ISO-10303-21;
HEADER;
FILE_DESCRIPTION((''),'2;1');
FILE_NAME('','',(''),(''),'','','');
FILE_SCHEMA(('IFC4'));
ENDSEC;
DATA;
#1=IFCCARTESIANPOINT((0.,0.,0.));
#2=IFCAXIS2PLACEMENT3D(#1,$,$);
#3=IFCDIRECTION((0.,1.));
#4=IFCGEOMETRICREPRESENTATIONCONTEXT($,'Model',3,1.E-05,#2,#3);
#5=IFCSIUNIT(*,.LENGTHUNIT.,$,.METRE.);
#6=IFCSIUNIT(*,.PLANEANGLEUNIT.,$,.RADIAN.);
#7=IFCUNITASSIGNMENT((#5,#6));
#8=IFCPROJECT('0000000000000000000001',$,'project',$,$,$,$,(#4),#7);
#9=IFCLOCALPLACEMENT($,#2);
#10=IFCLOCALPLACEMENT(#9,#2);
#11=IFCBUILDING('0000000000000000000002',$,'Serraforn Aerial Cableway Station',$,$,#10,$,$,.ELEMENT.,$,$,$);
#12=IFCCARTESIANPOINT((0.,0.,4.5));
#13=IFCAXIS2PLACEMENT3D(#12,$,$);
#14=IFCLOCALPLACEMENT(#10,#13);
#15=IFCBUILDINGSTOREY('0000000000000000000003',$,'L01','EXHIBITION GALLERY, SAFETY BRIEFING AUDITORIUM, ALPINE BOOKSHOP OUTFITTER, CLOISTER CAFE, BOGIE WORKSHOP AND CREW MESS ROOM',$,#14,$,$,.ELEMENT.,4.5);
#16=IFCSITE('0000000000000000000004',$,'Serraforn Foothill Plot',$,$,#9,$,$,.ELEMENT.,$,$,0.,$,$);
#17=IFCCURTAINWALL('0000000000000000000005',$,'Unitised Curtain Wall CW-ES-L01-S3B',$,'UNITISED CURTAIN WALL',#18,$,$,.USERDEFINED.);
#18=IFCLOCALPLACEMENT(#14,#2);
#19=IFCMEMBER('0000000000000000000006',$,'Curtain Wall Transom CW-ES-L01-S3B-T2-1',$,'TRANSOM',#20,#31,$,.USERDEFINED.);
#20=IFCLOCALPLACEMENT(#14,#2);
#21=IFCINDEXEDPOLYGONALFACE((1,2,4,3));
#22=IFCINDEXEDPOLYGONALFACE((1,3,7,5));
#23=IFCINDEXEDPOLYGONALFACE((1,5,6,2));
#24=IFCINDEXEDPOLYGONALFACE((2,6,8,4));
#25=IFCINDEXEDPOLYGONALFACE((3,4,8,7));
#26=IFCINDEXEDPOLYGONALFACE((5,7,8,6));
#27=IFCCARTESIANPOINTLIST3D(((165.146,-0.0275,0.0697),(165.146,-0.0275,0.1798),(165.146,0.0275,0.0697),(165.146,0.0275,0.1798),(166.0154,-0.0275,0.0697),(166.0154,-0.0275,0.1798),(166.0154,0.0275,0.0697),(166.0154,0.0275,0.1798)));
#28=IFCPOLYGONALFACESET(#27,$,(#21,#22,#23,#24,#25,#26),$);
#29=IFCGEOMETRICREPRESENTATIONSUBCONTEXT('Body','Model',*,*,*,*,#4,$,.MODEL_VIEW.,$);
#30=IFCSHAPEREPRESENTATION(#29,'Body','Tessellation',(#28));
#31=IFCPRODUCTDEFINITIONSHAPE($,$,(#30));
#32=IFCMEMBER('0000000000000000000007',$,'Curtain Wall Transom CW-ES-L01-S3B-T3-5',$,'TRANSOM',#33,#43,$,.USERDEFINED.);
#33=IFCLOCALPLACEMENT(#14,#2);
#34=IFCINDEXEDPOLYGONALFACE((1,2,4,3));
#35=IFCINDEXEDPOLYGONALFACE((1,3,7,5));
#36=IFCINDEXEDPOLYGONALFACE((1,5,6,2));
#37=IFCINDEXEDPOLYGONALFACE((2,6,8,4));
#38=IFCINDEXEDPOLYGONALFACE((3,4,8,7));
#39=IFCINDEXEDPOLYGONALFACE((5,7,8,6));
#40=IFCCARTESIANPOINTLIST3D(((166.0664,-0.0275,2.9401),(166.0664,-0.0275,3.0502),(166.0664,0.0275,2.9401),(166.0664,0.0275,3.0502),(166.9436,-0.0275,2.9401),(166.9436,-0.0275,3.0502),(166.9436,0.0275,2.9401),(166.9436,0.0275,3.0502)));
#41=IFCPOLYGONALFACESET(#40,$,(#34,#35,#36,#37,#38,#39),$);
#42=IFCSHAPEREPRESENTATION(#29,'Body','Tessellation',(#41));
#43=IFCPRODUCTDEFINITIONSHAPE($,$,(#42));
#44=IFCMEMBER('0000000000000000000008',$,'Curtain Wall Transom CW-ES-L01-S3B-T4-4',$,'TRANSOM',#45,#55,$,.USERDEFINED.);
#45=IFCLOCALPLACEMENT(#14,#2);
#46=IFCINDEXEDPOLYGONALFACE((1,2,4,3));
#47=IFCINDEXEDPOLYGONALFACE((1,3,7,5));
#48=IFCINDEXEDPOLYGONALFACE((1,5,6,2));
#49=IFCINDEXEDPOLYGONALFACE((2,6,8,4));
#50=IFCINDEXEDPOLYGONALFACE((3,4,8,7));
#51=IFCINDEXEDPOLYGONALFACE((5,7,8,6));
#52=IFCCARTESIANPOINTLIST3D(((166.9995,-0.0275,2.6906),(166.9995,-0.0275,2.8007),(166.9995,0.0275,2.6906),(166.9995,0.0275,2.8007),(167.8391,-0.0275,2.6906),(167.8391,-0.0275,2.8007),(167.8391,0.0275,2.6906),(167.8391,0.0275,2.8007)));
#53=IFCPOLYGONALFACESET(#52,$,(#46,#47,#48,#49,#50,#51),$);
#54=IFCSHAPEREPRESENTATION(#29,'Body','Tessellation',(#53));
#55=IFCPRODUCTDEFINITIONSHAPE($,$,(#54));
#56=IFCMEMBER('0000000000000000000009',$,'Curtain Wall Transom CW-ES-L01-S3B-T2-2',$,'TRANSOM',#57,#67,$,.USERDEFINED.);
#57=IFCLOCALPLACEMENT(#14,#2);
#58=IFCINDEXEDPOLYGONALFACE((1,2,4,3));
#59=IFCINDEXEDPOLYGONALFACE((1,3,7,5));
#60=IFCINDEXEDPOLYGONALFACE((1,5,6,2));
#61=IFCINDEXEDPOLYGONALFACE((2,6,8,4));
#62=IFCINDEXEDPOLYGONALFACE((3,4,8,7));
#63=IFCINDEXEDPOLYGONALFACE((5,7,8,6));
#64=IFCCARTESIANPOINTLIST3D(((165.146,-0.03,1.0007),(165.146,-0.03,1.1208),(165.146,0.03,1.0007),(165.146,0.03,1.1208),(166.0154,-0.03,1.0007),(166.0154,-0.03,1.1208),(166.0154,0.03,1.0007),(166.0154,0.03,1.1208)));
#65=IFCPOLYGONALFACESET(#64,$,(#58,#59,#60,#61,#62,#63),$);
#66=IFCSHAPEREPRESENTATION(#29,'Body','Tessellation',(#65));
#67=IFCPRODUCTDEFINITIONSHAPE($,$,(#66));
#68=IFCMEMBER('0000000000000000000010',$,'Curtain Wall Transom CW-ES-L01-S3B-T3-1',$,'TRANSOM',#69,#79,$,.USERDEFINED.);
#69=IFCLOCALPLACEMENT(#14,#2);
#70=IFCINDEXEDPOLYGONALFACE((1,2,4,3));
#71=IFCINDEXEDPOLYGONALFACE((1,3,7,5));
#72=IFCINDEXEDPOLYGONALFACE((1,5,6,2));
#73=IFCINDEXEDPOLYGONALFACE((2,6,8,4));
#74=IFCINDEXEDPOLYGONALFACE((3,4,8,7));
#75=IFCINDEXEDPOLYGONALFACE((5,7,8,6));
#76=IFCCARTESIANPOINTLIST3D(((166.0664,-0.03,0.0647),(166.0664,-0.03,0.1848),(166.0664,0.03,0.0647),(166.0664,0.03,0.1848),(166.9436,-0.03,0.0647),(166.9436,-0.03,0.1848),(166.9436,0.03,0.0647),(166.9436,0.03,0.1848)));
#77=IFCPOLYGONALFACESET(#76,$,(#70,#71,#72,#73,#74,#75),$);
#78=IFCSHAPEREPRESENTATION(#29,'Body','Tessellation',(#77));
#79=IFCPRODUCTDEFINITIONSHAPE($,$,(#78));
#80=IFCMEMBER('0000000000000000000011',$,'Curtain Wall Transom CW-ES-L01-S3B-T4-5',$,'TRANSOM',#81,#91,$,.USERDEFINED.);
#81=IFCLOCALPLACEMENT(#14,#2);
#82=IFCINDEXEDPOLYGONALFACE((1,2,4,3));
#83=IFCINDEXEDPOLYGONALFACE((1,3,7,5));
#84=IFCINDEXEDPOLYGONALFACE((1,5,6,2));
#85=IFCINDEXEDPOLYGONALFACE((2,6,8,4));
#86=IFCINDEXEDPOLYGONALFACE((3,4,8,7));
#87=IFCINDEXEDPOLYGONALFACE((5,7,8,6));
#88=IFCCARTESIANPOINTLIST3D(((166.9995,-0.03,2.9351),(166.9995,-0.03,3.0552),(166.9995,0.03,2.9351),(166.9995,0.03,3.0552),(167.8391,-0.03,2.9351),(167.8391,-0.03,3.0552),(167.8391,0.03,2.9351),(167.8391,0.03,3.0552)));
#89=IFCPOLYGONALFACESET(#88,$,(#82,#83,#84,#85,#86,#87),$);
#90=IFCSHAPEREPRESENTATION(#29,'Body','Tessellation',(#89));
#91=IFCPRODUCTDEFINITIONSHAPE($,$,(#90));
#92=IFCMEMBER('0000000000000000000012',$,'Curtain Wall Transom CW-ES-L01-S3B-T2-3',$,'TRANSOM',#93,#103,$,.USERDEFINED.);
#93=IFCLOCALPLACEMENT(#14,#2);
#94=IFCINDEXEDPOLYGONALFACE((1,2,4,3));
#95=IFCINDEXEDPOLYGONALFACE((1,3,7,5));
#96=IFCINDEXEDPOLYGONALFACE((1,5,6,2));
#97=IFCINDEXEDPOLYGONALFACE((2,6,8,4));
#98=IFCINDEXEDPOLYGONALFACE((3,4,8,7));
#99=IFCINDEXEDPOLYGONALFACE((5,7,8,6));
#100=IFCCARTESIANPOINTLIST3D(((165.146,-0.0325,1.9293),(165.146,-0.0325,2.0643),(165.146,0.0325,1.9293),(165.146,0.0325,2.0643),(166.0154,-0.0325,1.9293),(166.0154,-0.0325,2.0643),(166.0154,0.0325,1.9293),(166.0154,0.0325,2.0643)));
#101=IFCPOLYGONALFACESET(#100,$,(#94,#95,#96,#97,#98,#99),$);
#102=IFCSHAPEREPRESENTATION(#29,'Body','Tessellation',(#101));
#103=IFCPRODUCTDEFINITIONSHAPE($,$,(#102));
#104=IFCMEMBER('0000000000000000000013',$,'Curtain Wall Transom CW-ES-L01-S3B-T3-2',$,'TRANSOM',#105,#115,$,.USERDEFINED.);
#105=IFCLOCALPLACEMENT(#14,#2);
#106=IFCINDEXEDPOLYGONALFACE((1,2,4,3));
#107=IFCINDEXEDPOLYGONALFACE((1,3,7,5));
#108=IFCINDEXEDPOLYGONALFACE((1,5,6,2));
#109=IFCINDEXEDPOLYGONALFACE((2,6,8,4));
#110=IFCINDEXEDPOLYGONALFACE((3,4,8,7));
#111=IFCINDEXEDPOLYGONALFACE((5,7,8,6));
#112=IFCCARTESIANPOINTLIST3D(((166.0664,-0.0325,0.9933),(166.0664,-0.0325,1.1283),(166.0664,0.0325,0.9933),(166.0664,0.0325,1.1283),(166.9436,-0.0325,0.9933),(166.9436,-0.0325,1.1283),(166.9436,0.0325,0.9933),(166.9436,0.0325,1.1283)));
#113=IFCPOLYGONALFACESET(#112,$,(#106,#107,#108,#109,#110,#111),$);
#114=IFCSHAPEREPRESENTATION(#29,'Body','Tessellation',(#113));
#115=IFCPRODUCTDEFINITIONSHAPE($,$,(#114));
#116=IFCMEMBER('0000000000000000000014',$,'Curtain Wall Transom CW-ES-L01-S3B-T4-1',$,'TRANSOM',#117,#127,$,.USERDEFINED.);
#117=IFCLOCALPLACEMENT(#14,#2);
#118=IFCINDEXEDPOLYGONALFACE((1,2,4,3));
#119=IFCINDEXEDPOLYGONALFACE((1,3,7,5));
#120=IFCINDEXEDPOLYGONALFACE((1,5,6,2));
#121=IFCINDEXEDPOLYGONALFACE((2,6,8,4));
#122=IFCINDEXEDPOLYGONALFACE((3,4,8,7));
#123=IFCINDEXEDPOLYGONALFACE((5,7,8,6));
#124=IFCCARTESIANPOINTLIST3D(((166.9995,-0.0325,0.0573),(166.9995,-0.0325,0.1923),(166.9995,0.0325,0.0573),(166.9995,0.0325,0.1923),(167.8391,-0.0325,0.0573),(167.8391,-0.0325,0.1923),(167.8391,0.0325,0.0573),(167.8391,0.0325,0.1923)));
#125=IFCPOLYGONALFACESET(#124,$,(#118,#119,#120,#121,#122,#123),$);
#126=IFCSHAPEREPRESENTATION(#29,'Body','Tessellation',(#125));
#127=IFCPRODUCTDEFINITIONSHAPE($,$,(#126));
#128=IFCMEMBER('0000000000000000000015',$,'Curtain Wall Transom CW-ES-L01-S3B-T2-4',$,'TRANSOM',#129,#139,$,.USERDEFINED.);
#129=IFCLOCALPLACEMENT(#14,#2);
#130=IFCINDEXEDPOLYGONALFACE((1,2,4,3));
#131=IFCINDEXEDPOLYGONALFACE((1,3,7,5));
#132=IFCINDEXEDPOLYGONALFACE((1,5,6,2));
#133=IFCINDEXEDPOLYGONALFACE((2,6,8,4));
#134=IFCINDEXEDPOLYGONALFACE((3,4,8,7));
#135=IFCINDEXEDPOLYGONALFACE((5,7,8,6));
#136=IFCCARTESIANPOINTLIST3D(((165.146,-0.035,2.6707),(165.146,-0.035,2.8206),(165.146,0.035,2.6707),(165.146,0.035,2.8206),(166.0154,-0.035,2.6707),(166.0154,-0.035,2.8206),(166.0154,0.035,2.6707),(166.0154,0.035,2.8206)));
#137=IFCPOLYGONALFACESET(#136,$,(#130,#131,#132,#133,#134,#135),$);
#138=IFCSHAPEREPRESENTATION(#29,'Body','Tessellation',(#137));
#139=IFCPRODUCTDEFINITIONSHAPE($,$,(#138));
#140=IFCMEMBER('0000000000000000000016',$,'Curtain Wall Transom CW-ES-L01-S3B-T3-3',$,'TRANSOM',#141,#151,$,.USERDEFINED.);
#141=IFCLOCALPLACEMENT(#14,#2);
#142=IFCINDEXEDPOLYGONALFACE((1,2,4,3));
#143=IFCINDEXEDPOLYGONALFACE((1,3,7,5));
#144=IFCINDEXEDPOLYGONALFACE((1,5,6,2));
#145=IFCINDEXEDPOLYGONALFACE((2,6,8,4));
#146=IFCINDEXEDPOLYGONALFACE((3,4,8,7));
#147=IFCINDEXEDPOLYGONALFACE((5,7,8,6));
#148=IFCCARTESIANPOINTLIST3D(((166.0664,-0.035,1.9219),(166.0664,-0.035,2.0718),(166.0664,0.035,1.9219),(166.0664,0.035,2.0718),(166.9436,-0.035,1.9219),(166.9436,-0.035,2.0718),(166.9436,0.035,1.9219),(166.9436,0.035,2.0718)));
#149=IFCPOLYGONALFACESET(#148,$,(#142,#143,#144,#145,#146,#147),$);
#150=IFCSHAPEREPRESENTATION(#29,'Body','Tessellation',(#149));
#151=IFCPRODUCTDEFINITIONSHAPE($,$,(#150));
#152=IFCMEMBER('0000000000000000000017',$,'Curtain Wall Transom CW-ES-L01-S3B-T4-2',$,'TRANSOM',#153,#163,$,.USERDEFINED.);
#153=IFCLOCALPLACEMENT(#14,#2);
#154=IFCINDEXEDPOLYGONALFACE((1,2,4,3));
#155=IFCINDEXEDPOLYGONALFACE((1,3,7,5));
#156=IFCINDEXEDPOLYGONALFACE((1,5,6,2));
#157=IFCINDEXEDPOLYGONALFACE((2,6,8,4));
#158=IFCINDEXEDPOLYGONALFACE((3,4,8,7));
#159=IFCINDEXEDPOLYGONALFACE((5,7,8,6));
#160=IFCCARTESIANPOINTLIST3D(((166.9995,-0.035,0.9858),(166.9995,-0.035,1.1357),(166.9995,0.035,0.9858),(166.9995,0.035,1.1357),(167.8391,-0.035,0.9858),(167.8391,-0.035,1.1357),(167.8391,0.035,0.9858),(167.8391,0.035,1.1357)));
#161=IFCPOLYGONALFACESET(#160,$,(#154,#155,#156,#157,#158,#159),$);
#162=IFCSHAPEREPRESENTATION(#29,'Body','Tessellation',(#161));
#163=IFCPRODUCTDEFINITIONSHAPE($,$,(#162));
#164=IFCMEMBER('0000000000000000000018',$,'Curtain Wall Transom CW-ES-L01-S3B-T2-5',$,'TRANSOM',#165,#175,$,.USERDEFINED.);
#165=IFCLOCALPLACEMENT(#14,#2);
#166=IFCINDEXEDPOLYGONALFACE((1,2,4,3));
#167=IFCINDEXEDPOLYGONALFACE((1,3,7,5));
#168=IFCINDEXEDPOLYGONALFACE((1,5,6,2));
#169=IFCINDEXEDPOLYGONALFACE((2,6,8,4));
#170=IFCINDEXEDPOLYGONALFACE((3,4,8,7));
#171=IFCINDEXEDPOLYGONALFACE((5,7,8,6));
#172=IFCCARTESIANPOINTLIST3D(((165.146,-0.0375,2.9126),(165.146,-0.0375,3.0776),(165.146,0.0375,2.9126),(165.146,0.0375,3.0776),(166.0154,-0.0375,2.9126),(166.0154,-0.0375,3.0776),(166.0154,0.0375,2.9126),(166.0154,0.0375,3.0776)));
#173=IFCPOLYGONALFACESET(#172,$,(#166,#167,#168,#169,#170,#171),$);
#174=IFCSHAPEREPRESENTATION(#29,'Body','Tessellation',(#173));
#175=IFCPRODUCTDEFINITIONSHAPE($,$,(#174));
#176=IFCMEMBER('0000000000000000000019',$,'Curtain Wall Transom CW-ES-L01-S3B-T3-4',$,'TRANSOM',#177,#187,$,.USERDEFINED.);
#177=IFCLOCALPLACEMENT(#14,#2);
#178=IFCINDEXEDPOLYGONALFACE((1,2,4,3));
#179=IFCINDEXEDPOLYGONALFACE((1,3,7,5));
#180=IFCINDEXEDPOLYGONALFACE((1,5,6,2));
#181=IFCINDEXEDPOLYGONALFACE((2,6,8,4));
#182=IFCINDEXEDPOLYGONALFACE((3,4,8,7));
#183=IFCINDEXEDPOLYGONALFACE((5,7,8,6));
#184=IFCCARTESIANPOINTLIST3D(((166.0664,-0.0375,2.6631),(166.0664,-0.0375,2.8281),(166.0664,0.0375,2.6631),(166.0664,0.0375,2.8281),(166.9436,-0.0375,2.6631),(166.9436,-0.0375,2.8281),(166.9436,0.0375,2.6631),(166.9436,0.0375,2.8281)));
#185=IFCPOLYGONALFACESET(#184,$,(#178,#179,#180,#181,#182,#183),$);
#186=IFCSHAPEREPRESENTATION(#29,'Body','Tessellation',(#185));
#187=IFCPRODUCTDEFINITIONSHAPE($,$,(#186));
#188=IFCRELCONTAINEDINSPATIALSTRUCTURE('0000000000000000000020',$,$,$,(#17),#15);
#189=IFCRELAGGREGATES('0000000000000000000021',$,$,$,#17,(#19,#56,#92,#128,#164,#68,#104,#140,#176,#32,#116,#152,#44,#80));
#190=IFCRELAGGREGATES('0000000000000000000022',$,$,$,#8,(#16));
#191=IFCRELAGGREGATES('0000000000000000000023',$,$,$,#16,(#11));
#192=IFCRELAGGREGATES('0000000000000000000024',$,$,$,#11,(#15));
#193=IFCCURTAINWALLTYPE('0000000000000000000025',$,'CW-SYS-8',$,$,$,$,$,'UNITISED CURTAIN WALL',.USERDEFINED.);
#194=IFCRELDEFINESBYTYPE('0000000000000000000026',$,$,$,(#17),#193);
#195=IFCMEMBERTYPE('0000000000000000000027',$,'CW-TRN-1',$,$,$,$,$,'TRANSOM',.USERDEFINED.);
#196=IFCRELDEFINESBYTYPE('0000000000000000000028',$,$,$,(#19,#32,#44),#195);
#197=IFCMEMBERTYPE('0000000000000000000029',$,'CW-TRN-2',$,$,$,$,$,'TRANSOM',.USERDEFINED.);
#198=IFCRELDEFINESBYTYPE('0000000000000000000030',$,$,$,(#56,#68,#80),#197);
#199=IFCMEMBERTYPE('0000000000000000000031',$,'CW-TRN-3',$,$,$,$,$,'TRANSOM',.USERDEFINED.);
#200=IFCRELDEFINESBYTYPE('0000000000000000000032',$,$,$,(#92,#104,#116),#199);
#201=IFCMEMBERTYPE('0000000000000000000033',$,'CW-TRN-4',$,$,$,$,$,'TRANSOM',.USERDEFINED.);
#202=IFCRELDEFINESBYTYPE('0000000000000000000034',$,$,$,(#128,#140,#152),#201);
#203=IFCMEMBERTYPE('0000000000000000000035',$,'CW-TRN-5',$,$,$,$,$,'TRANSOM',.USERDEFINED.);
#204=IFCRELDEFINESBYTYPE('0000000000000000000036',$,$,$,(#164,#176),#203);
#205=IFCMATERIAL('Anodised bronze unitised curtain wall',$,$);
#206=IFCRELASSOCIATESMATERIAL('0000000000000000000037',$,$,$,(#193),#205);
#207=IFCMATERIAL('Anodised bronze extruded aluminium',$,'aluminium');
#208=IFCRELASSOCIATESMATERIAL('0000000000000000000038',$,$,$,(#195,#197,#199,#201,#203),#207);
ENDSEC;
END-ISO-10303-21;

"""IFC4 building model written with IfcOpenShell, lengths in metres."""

from ifc_helpers import new_model, si_unit, direction, frame, origin, origin_2d, place, context, subcontext, project, spatial, rectangle, extrude, material, material_profile, profile_set, type_object, element, aggregate, save


model = new_model("IFC4")

# Units and contexts
model_context = context("Model", 3, precision=1e-05, world=origin(), true_north=direction((0.0, 1.0)))
body_context = subcontext(model_context, "Body", "Model", "MODEL_VIEW")
ifc_project = project(units=[si_unit("LENGTHUNIT", "METRE"), si_unit("PLANEANGLEUNIT", "RADIAN")], contexts=[model_context])

# Site, building, storey
site_placement = place(None, origin())
site = spatial("IfcSite", under=ifc_project, at=site_placement, Name="Serraforn Foothill Plot", CompositionType="ELEMENT", RefElevation=0.0)
building_placement = place(site_placement, origin())
building = spatial("IfcBuilding", under=site, at=building_placement, Name="Serraforn Aerial Cableway Station", CompositionType="ELEMENT")
storey_placement = place(building_placement, frame((0.0, 0.0, 4.5)))
storey = spatial("IfcBuildingStorey", under=building, at=storey_placement, Name="L01", Description="EXHIBITION GALLERY, SAFETY BRIEFING AUDITORIUM, ALPINE BOOKSHOP OUTFITTER, CLOISTER CAFE, BOGIE WORKSHOP AND CREW MESS ROOM", CompositionType="ELEMENT", Elevation=4.5)

# Curtain wall, members
ifc_material_1 = material(Name="Anodised bronze unitised curtain wall")
curtain_wall_type = type_object("IfcCurtainWallType", Name="CW-SYS-8", ElementType="UNITISED CURTAIN WALL", PredefinedType="USERDEFINED", material=ifc_material_1)
curtain_wall_placement = place(storey_placement, origin())
curtain_wall = element("IfcCurtainWall", 1, at=curtain_wall_placement, inside=storey, type_object=curtain_wall_type, Name="Unitised Curtain Wall CW-ES-L01-S3B", ObjectType="UNITISED CURTAIN WALL", PredefinedType="USERDEFINED")
ifc_material_2 = material(Name="Anodised bronze extruded aluminium", Category="aluminium")
ifc_material_profile_1 = material_profile(ifc_material_2, rectangle(XDim=0.0549, YDim=0.1101, at=origin_2d()), Name="CW TRANSOM 55x110")
ifc_profile_set_1 = profile_set([ifc_material_profile_1], Name="Anodised bronze extruded aluminium")
member_type_1 = type_object("IfcMemberType", Name="CW-TRN-1", ElementType="TRANSOM", PredefinedType="USERDEFINED", material=ifc_profile_set_1)
member_1_placement = place(storey_placement, frame((165.146, 0.0, 0.1248), z_axis=(1.0, 0.0, 0.0), x_axis=(0.0, 1.0, 0.0)))
member_1 = element("IfcMember", 2, at=member_1_placement, type_object=member_type_1, Name="Curtain Wall Transom CW-ES-L01-S3B-T2-1", ObjectType="TRANSOM", PredefinedType="USERDEFINED", context=body_context, shape_type="SweptSolid", body=[
    extrude(rectangle(XDim=0.0549, YDim=0.1101, at=origin_2d()), origin(), (0.0, 0.0, 1.0), 0.8694),
])
member_2_placement = place(storey_placement, frame((166.0664, 0.0, 2.9951), z_axis=(1.0, 0.0, 0.0), x_axis=(0.0, 1.0, 0.0)))
member_2 = element("IfcMember", 3, at=member_2_placement, type_object=member_type_1, Name="Curtain Wall Transom CW-ES-L01-S3B-T3-5", ObjectType="TRANSOM", PredefinedType="USERDEFINED", context=body_context, shape_type="SweptSolid", body=[
    extrude(rectangle(XDim=0.0549, YDim=0.1101, at=origin_2d()), origin(), (0.0, 0.0, 1.0), 0.8772),
])
member_3_placement = place(storey_placement, frame((166.9995, 0.0, 2.7456), z_axis=(1.0, 0.0, 0.0), x_axis=(0.0, 1.0, 0.0)))
member_3 = element("IfcMember", 4, at=member_3_placement, type_object=member_type_1, Name="Curtain Wall Transom CW-ES-L01-S3B-T4-4", ObjectType="TRANSOM", PredefinedType="USERDEFINED", context=body_context, shape_type="SweptSolid", body=[
    extrude(rectangle(XDim=0.0549, YDim=0.1101, at=origin_2d()), origin(), (0.0, 0.0, 1.0), 0.8396),
])
ifc_material_profile_2 = material_profile(ifc_material_2, rectangle(XDim=0.0601, YDim=0.1201, at=origin_2d()), Name="CW TRANSOM 60x120")
ifc_profile_set_2 = profile_set([ifc_material_profile_2], Name="Anodised bronze extruded aluminium")
member_type_2 = type_object("IfcMemberType", Name="CW-TRN-2", ElementType="TRANSOM", PredefinedType="USERDEFINED", material=ifc_profile_set_2)
member_4_placement = place(storey_placement, frame((165.146, 0.0, 1.0608), z_axis=(1.0, 0.0, 0.0), x_axis=(0.0, 1.0, 0.0)))
member_4 = element("IfcMember", 5, at=member_4_placement, type_object=member_type_2, Name="Curtain Wall Transom CW-ES-L01-S3B-T2-2", ObjectType="TRANSOM", PredefinedType="USERDEFINED", context=body_context, shape_type="SweptSolid", body=[
    extrude(rectangle(XDim=0.0601, YDim=0.1201, at=origin_2d()), origin(), (0.0, 0.0, 1.0), 0.8694),
])
member_5_placement = place(storey_placement, frame((166.0664, 0.0, 0.1248), z_axis=(1.0, 0.0, 0.0), x_axis=(0.0, 1.0, 0.0)))
member_5 = element("IfcMember", 6, at=member_5_placement, type_object=member_type_2, Name="Curtain Wall Transom CW-ES-L01-S3B-T3-1", ObjectType="TRANSOM", PredefinedType="USERDEFINED", context=body_context, shape_type="SweptSolid", body=[
    extrude(rectangle(XDim=0.0601, YDim=0.1201, at=origin_2d()), origin(), (0.0, 0.0, 1.0), 0.8772),
])
member_6_placement = place(storey_placement, frame((166.9995, 0.0, 2.9951), z_axis=(1.0, 0.0, 0.0), x_axis=(0.0, 1.0, 0.0)))
member_6 = element("IfcMember", 7, at=member_6_placement, type_object=member_type_2, Name="Curtain Wall Transom CW-ES-L01-S3B-T4-5", ObjectType="TRANSOM", PredefinedType="USERDEFINED", context=body_context, shape_type="SweptSolid", body=[
    extrude(rectangle(XDim=0.0601, YDim=0.1201, at=origin_2d()), origin(), (0.0, 0.0, 1.0), 0.8396),
])
ifc_material_profile_3 = material_profile(ifc_material_2, rectangle(XDim=0.0649, YDim=0.135, at=origin_2d()), Name="CW TRANSOM 65x135")
ifc_profile_set_3 = profile_set([ifc_material_profile_3], Name="Anodised bronze extruded aluminium")
member_type_3 = type_object("IfcMemberType", Name="CW-TRN-3", ElementType="TRANSOM", PredefinedType="USERDEFINED", material=ifc_profile_set_3)
member_7_placement = place(storey_placement, frame((165.146, 0.0, 1.9968), z_axis=(1.0, 0.0, 0.0), x_axis=(0.0, 1.0, 0.0)))
member_7 = element("IfcMember", 8, at=member_7_placement, type_object=member_type_3, Name="Curtain Wall Transom CW-ES-L01-S3B-T2-3", ObjectType="TRANSOM", PredefinedType="USERDEFINED", context=body_context, shape_type="SweptSolid", body=[
    extrude(rectangle(XDim=0.0649, YDim=0.135, at=origin_2d()), origin(), (0.0, 0.0, 1.0), 0.8694),
])
member_8_placement = place(storey_placement, frame((166.0664, 0.0, 1.0608), z_axis=(1.0, 0.0, 0.0), x_axis=(0.0, 1.0, 0.0)))
member_8 = element("IfcMember", 9, at=member_8_placement, type_object=member_type_3, Name="Curtain Wall Transom CW-ES-L01-S3B-T3-2", ObjectType="TRANSOM", PredefinedType="USERDEFINED", context=body_context, shape_type="SweptSolid", body=[
    extrude(rectangle(XDim=0.0649, YDim=0.135, at=origin_2d()), origin(), (0.0, 0.0, 1.0), 0.8772),
])
member_9_placement = place(storey_placement, frame((166.9995, 0.0, 0.1248), z_axis=(1.0, 0.0, 0.0), x_axis=(0.0, 1.0, 0.0)))
member_9 = element("IfcMember", 10, at=member_9_placement, type_object=member_type_3, Name="Curtain Wall Transom CW-ES-L01-S3B-T4-1", ObjectType="TRANSOM", PredefinedType="USERDEFINED", context=body_context, shape_type="SweptSolid", body=[
    extrude(rectangle(XDim=0.0649, YDim=0.135, at=origin_2d()), origin(), (0.0, 0.0, 1.0), 0.8396),
])
ifc_material_profile_4 = material_profile(ifc_material_2, rectangle(XDim=0.0701, YDim=0.1499, at=origin_2d()), Name="CW TRANSOM 70x150")
ifc_profile_set_4 = profile_set([ifc_material_profile_4], Name="Anodised bronze extruded aluminium")
member_type_4 = type_object("IfcMemberType", Name="CW-TRN-4", ElementType="TRANSOM", PredefinedType="USERDEFINED", material=ifc_profile_set_4)
member_10_placement = place(storey_placement, frame((165.146, 0.0, 2.7456), z_axis=(1.0, 0.0, 0.0), x_axis=(0.0, 1.0, 0.0)))
member_10 = element("IfcMember", 11, at=member_10_placement, type_object=member_type_4, Name="Curtain Wall Transom CW-ES-L01-S3B-T2-4", ObjectType="TRANSOM", PredefinedType="USERDEFINED", context=body_context, shape_type="SweptSolid", body=[
    extrude(rectangle(XDim=0.0701, YDim=0.1499, at=origin_2d()), origin(), (0.0, 0.0, 1.0), 0.8694),
])
member_11_placement = place(storey_placement, frame((166.0664, 0.0, 1.9968), z_axis=(1.0, 0.0, 0.0), x_axis=(0.0, 1.0, 0.0)))
member_11 = element("IfcMember", 12, at=member_11_placement, type_object=member_type_4, Name="Curtain Wall Transom CW-ES-L01-S3B-T3-3", ObjectType="TRANSOM", PredefinedType="USERDEFINED", context=body_context, shape_type="SweptSolid", body=[
    extrude(rectangle(XDim=0.0701, YDim=0.1499, at=origin_2d()), origin(), (0.0, 0.0, 1.0), 0.8772),
])
member_12_placement = place(storey_placement, frame((166.9995, 0.0, 1.0608), z_axis=(1.0, 0.0, 0.0), x_axis=(0.0, 1.0, 0.0)))
member_12 = element("IfcMember", 13, at=member_12_placement, type_object=member_type_4, Name="Curtain Wall Transom CW-ES-L01-S3B-T4-2", ObjectType="TRANSOM", PredefinedType="USERDEFINED", context=body_context, shape_type="SweptSolid", body=[
    extrude(rectangle(XDim=0.0701, YDim=0.1499, at=origin_2d()), origin(), (0.0, 0.0, 1.0), 0.8396),
])
ifc_material_profile_5 = material_profile(ifc_material_2, rectangle(XDim=0.075, YDim=0.165, at=origin_2d()), Name="CW TRANSOM 75x165")
ifc_profile_set_5 = profile_set([ifc_material_profile_5], Name="Anodised bronze extruded aluminium")
member_type_5 = type_object("IfcMemberType", Name="CW-TRN-5", ElementType="TRANSOM", PredefinedType="USERDEFINED", material=ifc_profile_set_5)
member_13_placement = place(storey_placement, frame((165.146, 0.0, 2.9951), z_axis=(1.0, 0.0, 0.0), x_axis=(0.0, 1.0, 0.0)))
member_13 = element("IfcMember", 14, at=member_13_placement, type_object=member_type_5, Name="Curtain Wall Transom CW-ES-L01-S3B-T2-5", ObjectType="TRANSOM", PredefinedType="USERDEFINED", context=body_context, shape_type="SweptSolid", body=[
    extrude(rectangle(XDim=0.075, YDim=0.165, at=origin_2d()), origin(), (0.0, 0.0, 1.0), 0.8694),
])
member_14_placement = place(storey_placement, frame((166.0664, 0.0, 2.7456), z_axis=(1.0, 0.0, 0.0), x_axis=(0.0, 1.0, 0.0)))
member_14 = element("IfcMember", 15, at=member_14_placement, type_object=member_type_5, Name="Curtain Wall Transom CW-ES-L01-S3B-T3-4", ObjectType="TRANSOM", PredefinedType="USERDEFINED", context=body_context, shape_type="SweptSolid", body=[
    extrude(rectangle(XDim=0.075, YDim=0.165, at=origin_2d()), origin(), (0.0, 0.0, 1.0), 0.8772),
])
aggregate(curtain_wall, [member_1, member_4, member_7, member_10, member_13, member_5, member_8, member_11, member_14, member_2, member_9, member_12, member_3, member_6])

save(model, "model.ifc")
